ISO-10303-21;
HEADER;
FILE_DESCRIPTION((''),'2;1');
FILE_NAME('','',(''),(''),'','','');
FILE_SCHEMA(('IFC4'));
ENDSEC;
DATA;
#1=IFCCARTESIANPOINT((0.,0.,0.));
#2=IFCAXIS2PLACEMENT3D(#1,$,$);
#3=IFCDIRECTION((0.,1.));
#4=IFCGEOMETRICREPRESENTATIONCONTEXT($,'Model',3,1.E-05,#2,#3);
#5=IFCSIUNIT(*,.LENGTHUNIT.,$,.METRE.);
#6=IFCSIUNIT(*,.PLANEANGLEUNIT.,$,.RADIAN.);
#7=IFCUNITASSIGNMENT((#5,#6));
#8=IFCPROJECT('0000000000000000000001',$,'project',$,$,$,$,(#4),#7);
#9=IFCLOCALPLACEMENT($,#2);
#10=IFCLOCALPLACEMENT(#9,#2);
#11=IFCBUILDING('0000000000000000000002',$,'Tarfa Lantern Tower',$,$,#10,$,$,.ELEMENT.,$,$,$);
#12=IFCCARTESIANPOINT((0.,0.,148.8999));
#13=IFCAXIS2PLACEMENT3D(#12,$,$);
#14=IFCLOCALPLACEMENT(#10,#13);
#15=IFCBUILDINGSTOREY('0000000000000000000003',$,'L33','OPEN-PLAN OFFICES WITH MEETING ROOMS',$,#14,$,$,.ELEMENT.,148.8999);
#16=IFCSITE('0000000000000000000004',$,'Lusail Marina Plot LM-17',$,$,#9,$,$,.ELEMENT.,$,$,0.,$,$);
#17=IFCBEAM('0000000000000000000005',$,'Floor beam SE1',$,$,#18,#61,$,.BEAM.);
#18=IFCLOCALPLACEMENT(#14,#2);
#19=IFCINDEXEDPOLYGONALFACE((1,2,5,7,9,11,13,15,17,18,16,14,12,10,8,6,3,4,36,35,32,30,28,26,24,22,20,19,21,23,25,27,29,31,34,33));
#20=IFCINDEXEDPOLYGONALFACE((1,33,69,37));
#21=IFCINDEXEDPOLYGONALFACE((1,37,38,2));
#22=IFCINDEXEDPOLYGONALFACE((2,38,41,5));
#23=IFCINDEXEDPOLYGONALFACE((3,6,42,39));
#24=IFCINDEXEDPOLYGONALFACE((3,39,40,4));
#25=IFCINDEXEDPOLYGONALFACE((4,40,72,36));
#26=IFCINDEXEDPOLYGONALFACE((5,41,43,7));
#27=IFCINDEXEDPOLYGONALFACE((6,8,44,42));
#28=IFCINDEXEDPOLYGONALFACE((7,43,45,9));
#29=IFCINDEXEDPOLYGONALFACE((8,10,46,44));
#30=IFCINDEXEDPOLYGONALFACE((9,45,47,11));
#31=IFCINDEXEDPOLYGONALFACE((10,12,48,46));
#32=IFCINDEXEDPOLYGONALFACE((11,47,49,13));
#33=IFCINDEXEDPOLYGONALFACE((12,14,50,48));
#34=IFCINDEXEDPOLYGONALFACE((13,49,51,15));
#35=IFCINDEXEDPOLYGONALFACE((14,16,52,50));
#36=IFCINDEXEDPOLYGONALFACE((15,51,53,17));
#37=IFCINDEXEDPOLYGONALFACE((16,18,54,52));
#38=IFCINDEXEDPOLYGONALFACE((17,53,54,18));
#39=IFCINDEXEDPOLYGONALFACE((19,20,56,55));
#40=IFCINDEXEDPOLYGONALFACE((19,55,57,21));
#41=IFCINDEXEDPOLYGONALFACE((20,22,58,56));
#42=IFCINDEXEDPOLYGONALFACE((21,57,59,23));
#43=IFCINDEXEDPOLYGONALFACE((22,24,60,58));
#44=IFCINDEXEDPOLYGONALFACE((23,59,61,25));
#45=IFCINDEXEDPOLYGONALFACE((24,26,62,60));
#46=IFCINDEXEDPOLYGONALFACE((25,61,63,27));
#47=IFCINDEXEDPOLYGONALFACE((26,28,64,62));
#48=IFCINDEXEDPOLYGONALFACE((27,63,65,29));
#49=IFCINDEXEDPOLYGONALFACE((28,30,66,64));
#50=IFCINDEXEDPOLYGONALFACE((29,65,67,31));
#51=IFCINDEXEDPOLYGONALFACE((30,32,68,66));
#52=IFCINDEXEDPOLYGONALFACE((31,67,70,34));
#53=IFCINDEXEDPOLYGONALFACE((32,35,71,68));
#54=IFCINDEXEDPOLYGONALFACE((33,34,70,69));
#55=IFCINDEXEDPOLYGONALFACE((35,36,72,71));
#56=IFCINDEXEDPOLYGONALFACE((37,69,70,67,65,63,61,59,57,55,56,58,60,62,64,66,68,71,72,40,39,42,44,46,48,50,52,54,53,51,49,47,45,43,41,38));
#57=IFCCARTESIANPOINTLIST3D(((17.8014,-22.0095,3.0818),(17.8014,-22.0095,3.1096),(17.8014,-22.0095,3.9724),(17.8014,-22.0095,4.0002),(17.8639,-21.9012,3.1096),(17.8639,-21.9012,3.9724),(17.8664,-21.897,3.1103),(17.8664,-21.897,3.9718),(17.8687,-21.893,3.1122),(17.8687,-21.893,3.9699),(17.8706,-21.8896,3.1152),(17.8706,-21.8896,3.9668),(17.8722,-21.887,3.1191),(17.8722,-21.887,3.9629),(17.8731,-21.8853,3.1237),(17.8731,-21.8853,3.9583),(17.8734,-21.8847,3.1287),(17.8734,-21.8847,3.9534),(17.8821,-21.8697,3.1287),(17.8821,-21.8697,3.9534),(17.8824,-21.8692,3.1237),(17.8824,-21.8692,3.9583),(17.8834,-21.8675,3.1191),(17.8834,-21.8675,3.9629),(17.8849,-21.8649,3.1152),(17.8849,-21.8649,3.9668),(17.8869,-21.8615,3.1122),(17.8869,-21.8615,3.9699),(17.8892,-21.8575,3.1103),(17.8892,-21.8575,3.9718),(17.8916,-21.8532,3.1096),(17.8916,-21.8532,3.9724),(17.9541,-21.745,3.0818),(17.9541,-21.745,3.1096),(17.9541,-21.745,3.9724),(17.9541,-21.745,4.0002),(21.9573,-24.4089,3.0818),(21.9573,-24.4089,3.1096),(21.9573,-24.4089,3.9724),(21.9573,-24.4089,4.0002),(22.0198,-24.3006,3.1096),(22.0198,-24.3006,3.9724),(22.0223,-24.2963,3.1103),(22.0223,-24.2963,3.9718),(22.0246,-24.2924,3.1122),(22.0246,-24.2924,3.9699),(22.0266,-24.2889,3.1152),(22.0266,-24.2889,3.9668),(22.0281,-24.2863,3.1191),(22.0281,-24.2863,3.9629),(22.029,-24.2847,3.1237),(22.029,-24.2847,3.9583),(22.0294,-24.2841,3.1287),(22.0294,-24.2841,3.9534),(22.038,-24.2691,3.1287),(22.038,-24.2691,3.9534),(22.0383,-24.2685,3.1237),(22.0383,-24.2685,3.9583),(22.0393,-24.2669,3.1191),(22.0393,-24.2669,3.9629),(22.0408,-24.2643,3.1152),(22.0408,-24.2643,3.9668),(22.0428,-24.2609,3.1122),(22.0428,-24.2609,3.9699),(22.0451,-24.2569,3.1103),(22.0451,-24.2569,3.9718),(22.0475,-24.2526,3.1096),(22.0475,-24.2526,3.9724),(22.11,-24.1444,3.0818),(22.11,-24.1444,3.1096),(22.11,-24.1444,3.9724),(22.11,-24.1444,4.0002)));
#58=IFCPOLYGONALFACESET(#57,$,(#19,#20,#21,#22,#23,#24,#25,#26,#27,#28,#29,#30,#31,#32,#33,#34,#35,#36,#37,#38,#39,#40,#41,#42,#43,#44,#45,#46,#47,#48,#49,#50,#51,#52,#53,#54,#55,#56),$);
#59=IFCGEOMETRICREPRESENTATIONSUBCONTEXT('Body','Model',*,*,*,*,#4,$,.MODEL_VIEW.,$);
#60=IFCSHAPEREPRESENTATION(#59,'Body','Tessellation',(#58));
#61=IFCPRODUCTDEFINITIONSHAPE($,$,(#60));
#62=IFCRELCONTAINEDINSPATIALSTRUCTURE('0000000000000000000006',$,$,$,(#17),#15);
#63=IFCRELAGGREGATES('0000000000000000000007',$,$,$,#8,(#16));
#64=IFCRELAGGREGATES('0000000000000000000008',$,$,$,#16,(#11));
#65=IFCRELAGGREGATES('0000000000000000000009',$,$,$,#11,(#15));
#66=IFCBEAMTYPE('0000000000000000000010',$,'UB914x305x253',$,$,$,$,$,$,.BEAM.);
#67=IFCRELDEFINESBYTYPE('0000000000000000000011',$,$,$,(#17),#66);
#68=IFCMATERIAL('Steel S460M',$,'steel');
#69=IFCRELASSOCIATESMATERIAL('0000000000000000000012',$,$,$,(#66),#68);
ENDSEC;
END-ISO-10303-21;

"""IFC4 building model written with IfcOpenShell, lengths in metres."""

from ifc_helpers import new_model, si_unit, direction, frame, origin, origin_2d, place, context, subcontext, project, spatial, i_section, extrude, material, material_profile, profile_set, type_object, element, save


model = new_model("IFC4")

# Units and contexts
model_context = context("Model", 3, precision=1e-05, world=origin(), true_north=direction((0.0, 1.0)))
body_context = subcontext(model_context, "Body", "Model", "MODEL_VIEW")
ifc_project = project(units=[si_unit("LENGTHUNIT", "METRE"), si_unit("PLANEANGLEUNIT", "RADIAN")], contexts=[model_context])

# Site, building, storey
site_placement = place(None, origin())
site = spatial("IfcSite", under=ifc_project, at=site_placement, Name="Lusail Marina Plot LM-17", CompositionType="ELEMENT", RefElevation=0.0)
building_placement = place(site_placement, origin())
building = spatial("IfcBuilding", under=site, at=building_placement, Name="Tarfa Lantern Tower", CompositionType="ELEMENT")
storey_placement = place(building_placement, frame((0.0, 0.0, 148.8999)))
storey = spatial("IfcBuildingStorey", under=building, at=storey_placement, Name="L33", Description="OPEN-PLAN OFFICES WITH MEETING ROOMS", CompositionType="ELEMENT", Elevation=148.8999)

# Beam
ifc_material_1 = material(Name="Steel S460M", Category="steel")
ifc_material_profile_1 = material_profile(ifc_material_1, i_section(OverallWidth=0.3054, OverallDepth=0.9185, WebThickness=0.0173, FlangeThickness=0.0278, FilletRadius=0.019, at=origin_2d()), Name="UB914x305x253")
ifc_profile_set_1 = profile_set([ifc_material_profile_1], Name="Steel S460M")
beam_type_1 = type_object("IfcBeamType", Name="UB914x305x253", PredefinedType="BEAM", material=ifc_profile_set_1)
beam_1_placement = place(storey_placement, frame((22.0337, -24.2766, 3.541), z_axis=(-0.866031, 0.499991, 0.0), x_axis=(-0.499991, -0.866031, 0.0)))
element("IfcBeam", 1, at=beam_1_placement, inside=storey, type_object=beam_type_1, Name="Floor beam SE1", PredefinedType="BEAM", context=body_context, shape_type="SweptSolid", body=[
    extrude(i_section(OverallWidth=0.3054, OverallDepth=0.9185, WebThickness=0.0173, FlangeThickness=0.0278, FilletRadius=0.019, at=origin_2d()), origin(), (0.0, 0.0, 1.0), 4.7988),
])

save(model, "model.ifc")
